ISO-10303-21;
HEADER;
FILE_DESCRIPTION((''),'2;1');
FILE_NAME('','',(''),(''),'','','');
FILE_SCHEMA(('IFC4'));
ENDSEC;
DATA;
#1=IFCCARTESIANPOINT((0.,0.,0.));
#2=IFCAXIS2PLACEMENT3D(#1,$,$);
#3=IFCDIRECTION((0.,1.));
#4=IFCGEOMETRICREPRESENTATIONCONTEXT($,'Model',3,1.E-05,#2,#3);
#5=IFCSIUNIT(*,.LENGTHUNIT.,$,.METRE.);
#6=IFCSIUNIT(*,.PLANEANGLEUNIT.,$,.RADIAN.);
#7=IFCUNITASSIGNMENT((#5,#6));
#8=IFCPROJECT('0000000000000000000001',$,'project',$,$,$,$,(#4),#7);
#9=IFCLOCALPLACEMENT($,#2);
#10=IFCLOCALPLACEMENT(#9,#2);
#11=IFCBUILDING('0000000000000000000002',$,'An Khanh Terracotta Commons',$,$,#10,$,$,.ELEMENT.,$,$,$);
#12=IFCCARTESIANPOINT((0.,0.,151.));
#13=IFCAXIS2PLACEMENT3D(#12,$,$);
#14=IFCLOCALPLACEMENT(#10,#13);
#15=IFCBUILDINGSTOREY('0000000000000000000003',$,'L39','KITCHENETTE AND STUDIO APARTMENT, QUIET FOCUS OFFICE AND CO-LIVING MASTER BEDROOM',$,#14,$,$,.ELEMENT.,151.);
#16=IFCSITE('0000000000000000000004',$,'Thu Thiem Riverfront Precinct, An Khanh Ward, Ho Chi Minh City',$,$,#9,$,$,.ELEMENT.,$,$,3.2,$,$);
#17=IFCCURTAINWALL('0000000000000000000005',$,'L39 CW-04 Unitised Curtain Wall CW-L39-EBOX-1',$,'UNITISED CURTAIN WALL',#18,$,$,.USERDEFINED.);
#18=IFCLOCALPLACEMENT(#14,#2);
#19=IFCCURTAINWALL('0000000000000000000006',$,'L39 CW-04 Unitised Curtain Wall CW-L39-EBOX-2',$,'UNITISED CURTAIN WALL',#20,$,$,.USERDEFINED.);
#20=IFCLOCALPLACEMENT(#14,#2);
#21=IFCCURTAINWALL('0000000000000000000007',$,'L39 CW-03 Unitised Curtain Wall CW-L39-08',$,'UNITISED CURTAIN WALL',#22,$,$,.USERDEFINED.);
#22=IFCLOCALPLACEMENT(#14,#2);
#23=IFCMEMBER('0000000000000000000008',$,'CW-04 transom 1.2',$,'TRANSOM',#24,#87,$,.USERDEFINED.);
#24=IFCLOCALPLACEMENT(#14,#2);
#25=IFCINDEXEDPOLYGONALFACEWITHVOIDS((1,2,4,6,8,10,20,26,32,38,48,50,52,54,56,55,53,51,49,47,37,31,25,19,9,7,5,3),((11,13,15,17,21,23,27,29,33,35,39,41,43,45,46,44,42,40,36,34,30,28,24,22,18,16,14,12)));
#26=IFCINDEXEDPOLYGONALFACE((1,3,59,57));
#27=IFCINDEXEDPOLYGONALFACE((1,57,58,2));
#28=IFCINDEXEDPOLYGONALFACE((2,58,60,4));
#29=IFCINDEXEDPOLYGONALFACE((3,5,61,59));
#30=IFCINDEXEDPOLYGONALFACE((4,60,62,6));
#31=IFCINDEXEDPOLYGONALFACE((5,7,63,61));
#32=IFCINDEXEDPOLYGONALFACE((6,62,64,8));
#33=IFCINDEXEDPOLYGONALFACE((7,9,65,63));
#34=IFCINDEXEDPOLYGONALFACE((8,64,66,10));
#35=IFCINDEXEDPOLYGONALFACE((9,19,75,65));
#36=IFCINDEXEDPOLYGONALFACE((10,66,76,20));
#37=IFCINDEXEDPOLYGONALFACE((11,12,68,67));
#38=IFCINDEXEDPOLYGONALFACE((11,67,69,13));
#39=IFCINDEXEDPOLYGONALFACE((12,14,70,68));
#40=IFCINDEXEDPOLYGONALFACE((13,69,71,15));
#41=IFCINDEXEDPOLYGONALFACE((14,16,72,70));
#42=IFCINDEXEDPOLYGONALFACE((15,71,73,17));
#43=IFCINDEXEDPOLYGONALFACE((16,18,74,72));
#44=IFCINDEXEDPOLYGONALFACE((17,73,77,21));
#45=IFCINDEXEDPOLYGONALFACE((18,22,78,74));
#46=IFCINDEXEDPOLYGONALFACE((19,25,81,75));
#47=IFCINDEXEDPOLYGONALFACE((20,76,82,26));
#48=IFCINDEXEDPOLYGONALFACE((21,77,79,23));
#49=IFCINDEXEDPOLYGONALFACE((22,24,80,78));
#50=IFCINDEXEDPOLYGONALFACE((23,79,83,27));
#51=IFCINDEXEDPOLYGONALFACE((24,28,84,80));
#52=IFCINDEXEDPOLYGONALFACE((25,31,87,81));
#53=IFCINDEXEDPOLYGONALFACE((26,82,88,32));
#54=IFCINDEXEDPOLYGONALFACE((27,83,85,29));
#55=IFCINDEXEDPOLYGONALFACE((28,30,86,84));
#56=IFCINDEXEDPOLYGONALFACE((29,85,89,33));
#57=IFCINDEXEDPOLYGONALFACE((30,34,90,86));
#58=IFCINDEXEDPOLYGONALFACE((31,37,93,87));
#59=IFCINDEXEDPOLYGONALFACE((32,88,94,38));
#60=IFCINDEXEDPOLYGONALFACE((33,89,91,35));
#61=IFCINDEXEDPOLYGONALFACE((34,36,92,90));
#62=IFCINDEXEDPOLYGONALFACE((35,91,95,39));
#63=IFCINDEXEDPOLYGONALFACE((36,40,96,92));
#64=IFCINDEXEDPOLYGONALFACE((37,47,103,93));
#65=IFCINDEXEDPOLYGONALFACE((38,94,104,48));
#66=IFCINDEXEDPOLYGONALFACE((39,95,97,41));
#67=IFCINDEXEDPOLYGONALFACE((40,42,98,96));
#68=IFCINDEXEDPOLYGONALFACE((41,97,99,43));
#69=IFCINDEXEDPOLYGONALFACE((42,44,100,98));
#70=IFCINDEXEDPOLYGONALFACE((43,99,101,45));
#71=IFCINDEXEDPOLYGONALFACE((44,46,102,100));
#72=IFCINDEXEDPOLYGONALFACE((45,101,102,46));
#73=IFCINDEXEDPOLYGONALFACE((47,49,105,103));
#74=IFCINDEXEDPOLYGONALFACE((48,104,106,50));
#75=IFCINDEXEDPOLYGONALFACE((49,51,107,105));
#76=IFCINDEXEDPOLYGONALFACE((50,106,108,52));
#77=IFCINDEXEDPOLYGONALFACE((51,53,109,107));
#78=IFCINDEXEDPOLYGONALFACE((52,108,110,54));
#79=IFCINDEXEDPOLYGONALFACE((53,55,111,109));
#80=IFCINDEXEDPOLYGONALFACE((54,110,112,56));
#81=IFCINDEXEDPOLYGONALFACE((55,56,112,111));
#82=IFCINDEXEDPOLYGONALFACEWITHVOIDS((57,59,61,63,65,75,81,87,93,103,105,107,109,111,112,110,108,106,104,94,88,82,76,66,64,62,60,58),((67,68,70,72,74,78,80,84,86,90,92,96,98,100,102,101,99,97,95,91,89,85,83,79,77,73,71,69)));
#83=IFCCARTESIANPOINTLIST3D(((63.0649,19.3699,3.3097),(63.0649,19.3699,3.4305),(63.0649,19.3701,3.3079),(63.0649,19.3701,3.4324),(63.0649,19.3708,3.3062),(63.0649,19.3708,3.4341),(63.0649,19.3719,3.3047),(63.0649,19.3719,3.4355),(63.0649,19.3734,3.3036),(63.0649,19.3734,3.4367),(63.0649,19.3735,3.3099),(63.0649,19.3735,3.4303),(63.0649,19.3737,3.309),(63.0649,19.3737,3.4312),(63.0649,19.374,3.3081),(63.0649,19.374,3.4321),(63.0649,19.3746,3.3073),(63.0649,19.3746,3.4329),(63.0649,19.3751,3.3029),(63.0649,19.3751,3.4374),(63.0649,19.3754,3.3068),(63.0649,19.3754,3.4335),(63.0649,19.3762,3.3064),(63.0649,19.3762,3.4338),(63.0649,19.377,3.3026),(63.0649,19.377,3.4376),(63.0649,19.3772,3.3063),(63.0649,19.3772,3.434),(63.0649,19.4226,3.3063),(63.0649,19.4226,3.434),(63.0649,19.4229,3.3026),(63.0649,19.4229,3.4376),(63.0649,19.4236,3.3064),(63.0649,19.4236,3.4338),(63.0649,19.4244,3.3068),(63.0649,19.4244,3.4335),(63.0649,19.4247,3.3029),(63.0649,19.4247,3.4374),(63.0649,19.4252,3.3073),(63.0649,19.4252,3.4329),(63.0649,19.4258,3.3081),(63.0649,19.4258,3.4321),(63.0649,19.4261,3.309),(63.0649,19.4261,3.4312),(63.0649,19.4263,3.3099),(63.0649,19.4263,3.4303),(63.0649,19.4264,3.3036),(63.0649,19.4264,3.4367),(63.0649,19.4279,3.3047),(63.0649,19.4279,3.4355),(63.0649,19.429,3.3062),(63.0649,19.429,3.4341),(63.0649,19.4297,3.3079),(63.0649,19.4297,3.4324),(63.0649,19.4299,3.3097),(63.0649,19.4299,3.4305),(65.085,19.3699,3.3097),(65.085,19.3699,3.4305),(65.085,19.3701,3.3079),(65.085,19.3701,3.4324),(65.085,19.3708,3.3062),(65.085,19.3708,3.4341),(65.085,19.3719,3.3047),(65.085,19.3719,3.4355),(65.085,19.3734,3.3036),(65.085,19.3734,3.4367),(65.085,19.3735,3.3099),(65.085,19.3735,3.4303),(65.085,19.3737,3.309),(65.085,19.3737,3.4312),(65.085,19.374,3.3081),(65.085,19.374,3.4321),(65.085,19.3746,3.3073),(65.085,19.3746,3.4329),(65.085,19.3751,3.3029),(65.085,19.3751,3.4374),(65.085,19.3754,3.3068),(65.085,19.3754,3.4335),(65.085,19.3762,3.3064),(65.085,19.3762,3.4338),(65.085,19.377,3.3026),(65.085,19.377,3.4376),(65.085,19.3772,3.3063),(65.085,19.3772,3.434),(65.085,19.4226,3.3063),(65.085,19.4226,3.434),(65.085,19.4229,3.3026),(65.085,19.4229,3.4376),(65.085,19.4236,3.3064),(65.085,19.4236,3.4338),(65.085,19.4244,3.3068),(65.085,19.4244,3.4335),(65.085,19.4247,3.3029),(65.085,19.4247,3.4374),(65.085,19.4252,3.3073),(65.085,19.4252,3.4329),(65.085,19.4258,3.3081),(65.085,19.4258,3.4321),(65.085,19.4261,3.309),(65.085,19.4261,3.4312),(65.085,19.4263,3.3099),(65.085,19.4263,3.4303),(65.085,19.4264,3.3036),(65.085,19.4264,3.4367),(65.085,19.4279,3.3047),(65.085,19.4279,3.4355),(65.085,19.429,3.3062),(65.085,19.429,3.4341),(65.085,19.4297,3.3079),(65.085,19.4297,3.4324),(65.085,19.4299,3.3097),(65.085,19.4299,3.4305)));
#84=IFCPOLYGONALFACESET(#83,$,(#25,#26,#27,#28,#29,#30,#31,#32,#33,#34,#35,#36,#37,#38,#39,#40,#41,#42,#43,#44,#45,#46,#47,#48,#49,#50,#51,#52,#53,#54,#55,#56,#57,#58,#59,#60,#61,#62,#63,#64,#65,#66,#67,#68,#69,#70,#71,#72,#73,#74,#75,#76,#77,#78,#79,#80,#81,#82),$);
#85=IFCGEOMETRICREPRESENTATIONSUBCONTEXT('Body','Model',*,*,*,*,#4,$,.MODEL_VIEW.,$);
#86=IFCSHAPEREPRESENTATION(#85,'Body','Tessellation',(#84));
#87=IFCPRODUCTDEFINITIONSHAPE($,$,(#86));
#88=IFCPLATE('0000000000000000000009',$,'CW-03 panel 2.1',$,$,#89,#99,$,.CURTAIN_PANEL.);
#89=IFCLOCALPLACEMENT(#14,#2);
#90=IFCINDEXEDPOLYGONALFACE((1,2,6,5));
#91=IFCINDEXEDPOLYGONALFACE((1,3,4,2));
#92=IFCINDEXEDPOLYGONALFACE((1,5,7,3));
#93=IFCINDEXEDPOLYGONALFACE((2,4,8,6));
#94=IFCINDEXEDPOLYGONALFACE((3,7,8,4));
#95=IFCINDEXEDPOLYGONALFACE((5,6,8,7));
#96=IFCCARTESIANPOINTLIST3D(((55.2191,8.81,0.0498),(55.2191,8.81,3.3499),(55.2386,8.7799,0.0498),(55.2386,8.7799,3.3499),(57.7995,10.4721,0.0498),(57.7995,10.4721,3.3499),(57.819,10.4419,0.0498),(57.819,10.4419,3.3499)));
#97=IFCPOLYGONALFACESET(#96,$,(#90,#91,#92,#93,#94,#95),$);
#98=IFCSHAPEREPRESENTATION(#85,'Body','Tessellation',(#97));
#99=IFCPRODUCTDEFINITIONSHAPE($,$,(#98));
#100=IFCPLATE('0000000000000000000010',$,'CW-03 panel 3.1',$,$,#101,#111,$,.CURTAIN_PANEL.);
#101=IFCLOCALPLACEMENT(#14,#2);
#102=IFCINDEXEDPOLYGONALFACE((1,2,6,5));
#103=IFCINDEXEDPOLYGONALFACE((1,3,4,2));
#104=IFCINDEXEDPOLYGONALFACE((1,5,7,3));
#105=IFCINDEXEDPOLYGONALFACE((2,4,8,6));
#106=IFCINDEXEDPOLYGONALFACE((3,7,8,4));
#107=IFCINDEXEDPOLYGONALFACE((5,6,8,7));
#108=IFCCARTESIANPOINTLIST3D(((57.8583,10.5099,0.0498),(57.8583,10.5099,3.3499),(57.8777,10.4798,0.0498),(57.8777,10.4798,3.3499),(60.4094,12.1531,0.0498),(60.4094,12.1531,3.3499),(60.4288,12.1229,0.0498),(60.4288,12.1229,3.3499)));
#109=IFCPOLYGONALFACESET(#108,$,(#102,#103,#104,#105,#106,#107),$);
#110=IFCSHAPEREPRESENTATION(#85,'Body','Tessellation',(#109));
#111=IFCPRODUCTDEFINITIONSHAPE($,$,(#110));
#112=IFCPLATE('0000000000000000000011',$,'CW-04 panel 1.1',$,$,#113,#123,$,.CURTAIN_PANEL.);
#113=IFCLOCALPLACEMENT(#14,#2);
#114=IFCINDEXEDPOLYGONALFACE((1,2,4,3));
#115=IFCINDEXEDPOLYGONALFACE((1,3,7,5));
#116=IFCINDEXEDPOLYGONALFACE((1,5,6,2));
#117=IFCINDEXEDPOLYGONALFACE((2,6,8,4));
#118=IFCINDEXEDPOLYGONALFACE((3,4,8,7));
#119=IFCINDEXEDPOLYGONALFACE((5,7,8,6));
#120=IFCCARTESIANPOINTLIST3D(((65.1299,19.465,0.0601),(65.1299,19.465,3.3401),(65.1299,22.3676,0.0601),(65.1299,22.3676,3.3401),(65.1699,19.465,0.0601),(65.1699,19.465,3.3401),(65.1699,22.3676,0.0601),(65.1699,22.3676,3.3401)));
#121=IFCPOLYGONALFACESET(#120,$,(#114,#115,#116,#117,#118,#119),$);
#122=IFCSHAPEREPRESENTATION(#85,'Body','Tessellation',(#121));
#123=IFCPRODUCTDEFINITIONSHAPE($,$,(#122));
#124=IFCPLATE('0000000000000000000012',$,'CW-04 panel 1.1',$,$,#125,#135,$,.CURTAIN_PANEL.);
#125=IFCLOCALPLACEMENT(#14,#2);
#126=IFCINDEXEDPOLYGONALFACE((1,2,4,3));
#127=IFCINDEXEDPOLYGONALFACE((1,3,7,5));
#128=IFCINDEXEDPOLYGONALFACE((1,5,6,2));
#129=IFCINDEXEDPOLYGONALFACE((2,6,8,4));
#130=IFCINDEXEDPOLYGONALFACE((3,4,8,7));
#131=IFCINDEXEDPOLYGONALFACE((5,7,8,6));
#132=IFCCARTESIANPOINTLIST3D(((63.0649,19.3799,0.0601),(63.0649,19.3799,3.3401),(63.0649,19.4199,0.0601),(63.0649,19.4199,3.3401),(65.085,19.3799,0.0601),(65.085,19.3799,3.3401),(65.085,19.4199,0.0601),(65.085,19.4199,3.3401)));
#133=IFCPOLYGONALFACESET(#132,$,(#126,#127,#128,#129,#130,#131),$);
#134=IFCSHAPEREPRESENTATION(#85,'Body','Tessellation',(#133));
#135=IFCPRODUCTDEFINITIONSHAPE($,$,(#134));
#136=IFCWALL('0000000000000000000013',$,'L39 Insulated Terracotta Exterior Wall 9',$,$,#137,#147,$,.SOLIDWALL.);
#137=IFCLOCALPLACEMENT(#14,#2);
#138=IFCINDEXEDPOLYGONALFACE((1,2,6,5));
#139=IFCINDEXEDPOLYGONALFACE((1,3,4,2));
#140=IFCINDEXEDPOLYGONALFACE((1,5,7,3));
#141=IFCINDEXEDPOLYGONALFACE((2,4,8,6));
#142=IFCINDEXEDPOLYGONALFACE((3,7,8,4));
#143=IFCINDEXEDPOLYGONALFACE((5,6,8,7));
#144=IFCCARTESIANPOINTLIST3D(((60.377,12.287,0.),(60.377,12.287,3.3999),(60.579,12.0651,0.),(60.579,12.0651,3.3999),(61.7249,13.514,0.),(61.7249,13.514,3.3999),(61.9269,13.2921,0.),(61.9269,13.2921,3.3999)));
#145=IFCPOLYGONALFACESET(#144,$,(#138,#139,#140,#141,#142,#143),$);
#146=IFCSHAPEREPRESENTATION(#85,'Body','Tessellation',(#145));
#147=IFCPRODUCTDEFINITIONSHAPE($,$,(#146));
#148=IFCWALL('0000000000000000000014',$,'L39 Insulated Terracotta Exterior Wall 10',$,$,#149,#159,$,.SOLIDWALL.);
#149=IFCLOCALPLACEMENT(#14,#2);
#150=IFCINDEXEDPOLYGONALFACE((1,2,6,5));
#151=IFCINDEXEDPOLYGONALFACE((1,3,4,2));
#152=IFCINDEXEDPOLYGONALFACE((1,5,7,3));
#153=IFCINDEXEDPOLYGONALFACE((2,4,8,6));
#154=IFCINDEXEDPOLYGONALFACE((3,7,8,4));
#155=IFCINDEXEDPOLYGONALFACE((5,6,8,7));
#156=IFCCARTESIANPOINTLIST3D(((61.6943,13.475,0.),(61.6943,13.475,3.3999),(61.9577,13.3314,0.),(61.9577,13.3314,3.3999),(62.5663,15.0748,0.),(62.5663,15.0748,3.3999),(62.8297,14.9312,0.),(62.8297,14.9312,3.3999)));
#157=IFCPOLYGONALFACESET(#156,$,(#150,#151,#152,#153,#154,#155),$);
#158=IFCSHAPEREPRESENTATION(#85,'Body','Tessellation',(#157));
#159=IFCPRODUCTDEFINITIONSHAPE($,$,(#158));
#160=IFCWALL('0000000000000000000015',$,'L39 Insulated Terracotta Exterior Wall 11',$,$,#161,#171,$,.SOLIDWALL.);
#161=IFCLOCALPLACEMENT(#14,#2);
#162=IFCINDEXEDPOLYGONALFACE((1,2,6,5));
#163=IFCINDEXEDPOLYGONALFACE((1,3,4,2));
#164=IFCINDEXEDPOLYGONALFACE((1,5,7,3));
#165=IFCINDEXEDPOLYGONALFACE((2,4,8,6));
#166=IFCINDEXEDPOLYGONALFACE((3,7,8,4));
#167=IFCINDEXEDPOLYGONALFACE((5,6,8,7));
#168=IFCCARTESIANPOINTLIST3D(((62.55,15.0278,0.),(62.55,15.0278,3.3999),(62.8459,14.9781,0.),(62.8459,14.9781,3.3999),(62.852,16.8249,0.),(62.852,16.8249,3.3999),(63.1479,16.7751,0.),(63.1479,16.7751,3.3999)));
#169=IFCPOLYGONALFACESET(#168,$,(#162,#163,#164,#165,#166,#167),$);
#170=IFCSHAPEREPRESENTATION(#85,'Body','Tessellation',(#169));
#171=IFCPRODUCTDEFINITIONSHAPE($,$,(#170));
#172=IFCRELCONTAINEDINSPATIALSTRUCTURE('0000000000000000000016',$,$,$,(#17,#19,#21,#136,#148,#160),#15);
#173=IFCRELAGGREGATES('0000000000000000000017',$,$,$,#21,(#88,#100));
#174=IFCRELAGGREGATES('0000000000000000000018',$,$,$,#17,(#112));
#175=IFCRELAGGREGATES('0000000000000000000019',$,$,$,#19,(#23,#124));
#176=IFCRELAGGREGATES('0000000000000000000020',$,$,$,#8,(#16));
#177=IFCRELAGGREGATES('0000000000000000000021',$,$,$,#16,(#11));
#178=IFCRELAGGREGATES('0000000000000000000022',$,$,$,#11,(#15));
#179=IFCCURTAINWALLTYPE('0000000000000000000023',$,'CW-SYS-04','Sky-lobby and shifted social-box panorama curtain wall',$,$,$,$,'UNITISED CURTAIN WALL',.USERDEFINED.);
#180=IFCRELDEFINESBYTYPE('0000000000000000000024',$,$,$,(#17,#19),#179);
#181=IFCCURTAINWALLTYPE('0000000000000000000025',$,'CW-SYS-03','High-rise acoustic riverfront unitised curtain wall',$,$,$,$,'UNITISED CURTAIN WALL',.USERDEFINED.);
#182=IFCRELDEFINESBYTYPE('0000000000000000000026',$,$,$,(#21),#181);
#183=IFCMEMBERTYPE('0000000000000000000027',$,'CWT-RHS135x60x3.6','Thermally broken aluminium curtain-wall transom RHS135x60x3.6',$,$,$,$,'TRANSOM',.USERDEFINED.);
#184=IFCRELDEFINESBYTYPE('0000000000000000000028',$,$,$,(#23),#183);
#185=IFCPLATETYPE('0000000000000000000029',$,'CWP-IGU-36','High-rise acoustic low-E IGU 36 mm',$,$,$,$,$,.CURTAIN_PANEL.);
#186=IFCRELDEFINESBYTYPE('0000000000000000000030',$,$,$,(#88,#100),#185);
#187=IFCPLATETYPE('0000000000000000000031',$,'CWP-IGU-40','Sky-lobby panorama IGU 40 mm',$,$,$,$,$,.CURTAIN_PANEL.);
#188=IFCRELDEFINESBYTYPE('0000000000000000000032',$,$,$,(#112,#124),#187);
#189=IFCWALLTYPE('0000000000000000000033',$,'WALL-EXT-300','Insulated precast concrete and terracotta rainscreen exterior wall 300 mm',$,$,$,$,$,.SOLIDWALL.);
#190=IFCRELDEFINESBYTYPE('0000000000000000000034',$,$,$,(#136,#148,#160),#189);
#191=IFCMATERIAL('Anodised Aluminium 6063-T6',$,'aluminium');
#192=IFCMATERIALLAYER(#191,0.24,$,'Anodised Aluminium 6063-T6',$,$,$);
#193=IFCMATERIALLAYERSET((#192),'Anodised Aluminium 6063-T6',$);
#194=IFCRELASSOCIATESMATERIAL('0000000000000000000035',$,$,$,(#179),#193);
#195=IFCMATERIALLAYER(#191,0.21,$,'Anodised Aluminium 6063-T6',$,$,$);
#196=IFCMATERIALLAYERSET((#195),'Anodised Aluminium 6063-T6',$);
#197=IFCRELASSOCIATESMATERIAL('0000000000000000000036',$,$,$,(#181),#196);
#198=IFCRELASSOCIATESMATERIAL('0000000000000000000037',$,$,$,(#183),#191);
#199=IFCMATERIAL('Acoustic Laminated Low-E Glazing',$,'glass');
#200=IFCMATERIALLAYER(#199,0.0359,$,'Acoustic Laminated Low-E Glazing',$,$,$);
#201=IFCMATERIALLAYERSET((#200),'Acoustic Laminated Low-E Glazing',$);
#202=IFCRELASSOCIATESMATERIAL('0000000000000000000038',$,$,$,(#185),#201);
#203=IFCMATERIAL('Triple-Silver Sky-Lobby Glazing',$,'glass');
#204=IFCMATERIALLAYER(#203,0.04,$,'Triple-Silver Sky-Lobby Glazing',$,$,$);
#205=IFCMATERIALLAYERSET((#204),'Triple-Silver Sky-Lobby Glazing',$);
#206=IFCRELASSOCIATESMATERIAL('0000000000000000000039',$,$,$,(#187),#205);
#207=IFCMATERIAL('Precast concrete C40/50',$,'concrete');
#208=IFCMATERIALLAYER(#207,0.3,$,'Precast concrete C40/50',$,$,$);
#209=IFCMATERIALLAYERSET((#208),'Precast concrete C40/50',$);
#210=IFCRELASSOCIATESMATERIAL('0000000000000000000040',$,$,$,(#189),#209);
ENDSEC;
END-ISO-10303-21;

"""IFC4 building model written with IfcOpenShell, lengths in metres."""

from ifc_helpers import new_model, si_unit, direction, frame, frame_2d, origin, origin_2d, place, context, subcontext, project, spatial, rectangle, hollow_rectangle, extrude, material, layer, layer_set, material_profile, profile_set, type_object, element, aggregate, save


model = new_model("IFC4")

# Units and contexts
model_context = context("Model", 3, precision=1e-05, world=origin(), true_north=direction((0.0, 1.0)))
body_context = subcontext(model_context, "Body", "Model", "MODEL_VIEW")
ifc_project = project(units=[si_unit("LENGTHUNIT", "METRE"), si_unit("PLANEANGLEUNIT", "RADIAN")], contexts=[model_context])

# Site, building, storey
site_placement = place(None, origin())
site = spatial("IfcSite", under=ifc_project, at=site_placement, Name="Thu Thiem Riverfront Precinct, An Khanh Ward, Ho Chi Minh City", CompositionType="ELEMENT", RefElevation=3.2)
building_placement = place(site_placement, origin())
building = spatial("IfcBuilding", under=site, at=building_placement, Name="An Khanh Terracotta Commons", CompositionType="ELEMENT")
storey_placement = place(building_placement, frame((0.0, 0.0, 151.0)))
storey = spatial("IfcBuildingStorey", under=building, at=storey_placement, Name="L39", Description="KITCHENETTE AND STUDIO APARTMENT, QUIET FOCUS OFFICE AND CO-LIVING MASTER BEDROOM", CompositionType="ELEMENT", Elevation=151.0)

# Curtain walls
ifc_material_1 = material(Name="Anodised Aluminium 6063-T6", Category="aluminium")
ifc_layer_1 = layer(ifc_material_1, 0.24, Name="Anodised Aluminium 6063-T6")
ifc_layer_set_1 = layer_set([ifc_layer_1], Name="Anodised Aluminium 6063-T6")
curtain_wall_type_1 = type_object("IfcCurtainWallType", Name="CW-SYS-04", Description="Sky-lobby and shifted social-box panorama curtain wall", ElementType="UNITISED CURTAIN WALL", PredefinedType="USERDEFINED", material=ifc_layer_set_1)
curtain_wall_1_placement = place(storey_placement, origin())
curtain_wall_1 = element("IfcCurtainWall", 1, at=curtain_wall_1_placement, inside=storey, type_object=curtain_wall_type_1, Name="L39 CW-04 Unitised Curtain Wall CW-L39-EBOX-1", ObjectType="UNITISED CURTAIN WALL", PredefinedType="USERDEFINED")
curtain_wall_2_placement = place(storey_placement, origin())
curtain_wall_2 = element("IfcCurtainWall", 2, at=curtain_wall_2_placement, inside=storey, type_object=curtain_wall_type_1, Name="L39 CW-04 Unitised Curtain Wall CW-L39-EBOX-2", ObjectType="UNITISED CURTAIN WALL", PredefinedType="USERDEFINED")
ifc_layer_2 = layer(ifc_material_1, 0.21, Name="Anodised Aluminium 6063-T6")
ifc_layer_set_2 = layer_set([ifc_layer_2], Name="Anodised Aluminium 6063-T6")
curtain_wall_type_2 = type_object("IfcCurtainWallType", Name="CW-SYS-03", Description="High-rise acoustic riverfront unitised curtain wall", ElementType="UNITISED CURTAIN WALL", PredefinedType="USERDEFINED", material=ifc_layer_set_2)
curtain_wall_3_placement = place(storey_placement, origin())
curtain_wall_3 = element("IfcCurtainWall", 3, at=curtain_wall_3_placement, inside=storey, type_object=curtain_wall_type_2, Name="L39 CW-03 Unitised Curtain Wall CW-L39-08", ObjectType="UNITISED CURTAIN WALL", PredefinedType="USERDEFINED")

# Member
ifc_material_profile_1 = material_profile(ifc_material_1, hollow_rectangle(XDim=0.0601, YDim=0.135, WallThickness=0.0037, InnerFilletRadius=0.0037, OuterFilletRadius=0.0071, at=origin_2d()), Name="RHS135x60x3.6")
ifc_profile_set_1 = profile_set([ifc_material_profile_1], Name="Anodised Aluminium 6063-T6")
member_type_1 = type_object("IfcMemberType", Name="CWT-RHS135x60x3.6", Description="Thermally broken aluminium curtain-wall transom RHS135x60x3.6", ElementType="TRANSOM", PredefinedType="USERDEFINED", material=ifc_profile_set_1)
member_1_placement = place(storey_placement, frame((63.0649, 19.3999, 3.3701), z_axis=(1.0, 0.0, 0.0), x_axis=(0.0, 1.0, 0.0)))
member_1 = element("IfcMember", 4, at=member_1_placement, type_object=member_type_1, Name="CW-04 transom 1.2", ObjectType="TRANSOM", PredefinedType="USERDEFINED", context=body_context, shape_type="SweptSolid", body=[
    extrude(hollow_rectangle(XDim=0.0601, YDim=0.135, WallThickness=0.0037, InnerFilletRadius=0.0037, OuterFilletRadius=0.0071, at=origin_2d()), origin(), (0.0, 0.0, 1.0), 2.02),
])

# Plates
ifc_material_2 = material(Name="Acoustic Laminated Low-E Glazing", Category="glass")
ifc_layer_3 = layer(ifc_material_2, 0.0359, Name="Acoustic Laminated Low-E Glazing")
ifc_layer_set_3 = layer_set([ifc_layer_3], Name="Acoustic Laminated Low-E Glazing")
plate_type_1 = type_object("IfcPlateType", Name="CWP-IGU-36", Description="High-rise acoustic low-E IGU 36 mm", PredefinedType="CURTAIN_PANEL", material=ifc_layer_set_3)
plate_1_placement = place(storey_placement, frame((56.519, 9.626, 0.0498), z_axis=(0.0, 0.0, 1.0), x_axis=(0.840702, 0.541498, 0.0)))
plate_1 = element("IfcPlate", 5, at=plate_1_placement, type_object=plate_type_1, Name="CW-03 panel 2.1", PredefinedType="CURTAIN_PANEL", context=body_context, shape_type="SweptSolid", body=[
    extrude(rectangle(XDim=3.0693, YDim=0.0359, at=origin_2d()), origin(), (0.0, 0.0, 1.0), 3.3),
])
plate_2_placement = place(storey_placement, frame((59.1436, 11.3164, 0.0498), z_axis=(0.0, 0.0, 1.0), x_axis=(0.840702, 0.541498, 0.0)))
plate_2 = element("IfcPlate", 6, at=plate_2_placement, type_object=plate_type_1, Name="CW-03 panel 3.1", PredefinedType="CURTAIN_PANEL", context=body_context, shape_type="SweptSolid", body=[
    extrude(rectangle(XDim=3.0344, YDim=0.0359, at=origin_2d()), origin(), (0.0, 0.0, 1.0), 3.3),
])
aggregate(curtain_wall_3, [plate_1, plate_2])
ifc_material_3 = material(Name="Triple-Silver Sky-Lobby Glazing", Category="glass")
ifc_layer_4 = layer(ifc_material_3, 0.04, Name="Triple-Silver Sky-Lobby Glazing")
ifc_layer_set_4 = layer_set([ifc_layer_4], Name="Triple-Silver Sky-Lobby Glazing")
plate_type_2 = type_object("IfcPlateType", Name="CWP-IGU-40", Description="Sky-lobby panorama IGU 40 mm", PredefinedType="CURTAIN_PANEL", material=ifc_layer_set_4)
plate_3_placement = place(storey_placement, frame((65.1499, 20.9163, 0.0601), z_axis=(0.0, 0.0, 1.0), x_axis=(0.0, 1.0, 0.0)))
plate_3 = element("IfcPlate", 7, at=plate_3_placement, type_object=plate_type_2, Name="CW-04 panel 1.1", PredefinedType="CURTAIN_PANEL", context=body_context, shape_type="SweptSolid", body=[
    extrude(rectangle(XDim=2.9026, YDim=0.04, at=origin_2d()), origin(), (0.0, 0.0, 1.0), 3.28),
])
aggregate(curtain_wall_1, [plate_3])
plate_4_placement = place(storey_placement, frame((64.075, 19.3999, 0.0601), z_axis=(0.0, 0.0, 1.0), x_axis=(1.0, 0.0, 0.0)))
plate_4 = element("IfcPlate", 8, at=plate_4_placement, type_object=plate_type_2, Name="CW-04 panel 1.1", PredefinedType="CURTAIN_PANEL", context=body_context, shape_type="SweptSolid", body=[
    extrude(rectangle(XDim=2.02, YDim=0.04, at=origin_2d()), origin(), (0.0, 0.0, 1.0), 3.28),
])
aggregate(curtain_wall_2, [member_1, plate_4])

# Walls
ifc_material_4 = material(Name="Precast concrete C40/50", Category="concrete")
ifc_layer_5 = layer(ifc_material_4, 0.3, Name="Precast concrete C40/50")
ifc_layer_set_5 = layer_set([ifc_layer_5], Name="Precast concrete C40/50")
wall_type = type_object("IfcWallType", Name="WALL-EXT-300", Description="Insulated precast concrete and terracotta rainscreen exterior wall 300 mm", PredefinedType="SOLIDWALL", material=ifc_layer_set_5)
wall_1_placement = place(storey_placement, frame((60.478, 12.176, 0.0), z_axis=(0.0, 0.0, 1.0), x_axis=(0.739479, 0.673179, 0.0)))
element("IfcWall", 9, at=wall_1_placement, inside=storey, type_object=wall_type, Name="L39 Insulated Terracotta Exterior Wall 9", PredefinedType="SOLIDWALL", context=body_context, shape_type="SweptSolid", body=[
    extrude(rectangle(XDim=1.8228, YDim=0.3, at=frame_2d((0.9114, 0.0))), origin(), (0.0, 0.0, 1.0), 3.3999),
])
wall_2_placement = place(storey_placement, frame((61.8259, 13.4031, 0.0), z_axis=(0.0, 0.0, 1.0), x_axis=(0.478608, 0.878029, 0.0)))
element("IfcWall", 10, at=wall_2_placement, inside=storey, type_object=wall_type, Name="L39 Insulated Terracotta Exterior Wall 10", PredefinedType="SOLIDWALL", context=body_context, shape_type="SweptSolid", body=[
    extrude(rectangle(XDim=1.822, YDim=0.3, at=frame_2d((0.9111, 0.0))), origin(), (0.0, 0.0, 1.0), 3.3999),
])
wall_3_placement = place(storey_placement, frame((62.698, 15.0029, 0.0), z_axis=(0.0, 0.0, 1.0), x_axis=(0.165724, 0.986172, 0.0)))
element("IfcWall", 11, at=wall_3_placement, inside=storey, type_object=wall_type, Name="L39 Insulated Terracotta Exterior Wall 11", PredefinedType="SOLIDWALL", context=body_context, shape_type="SweptSolid", body=[
    extrude(rectangle(XDim=1.8223, YDim=0.3, at=frame_2d((0.9111, 0.0))), origin(), (0.0, 0.0, 1.0), 3.3999),
])

save(model, "model.ifc")
